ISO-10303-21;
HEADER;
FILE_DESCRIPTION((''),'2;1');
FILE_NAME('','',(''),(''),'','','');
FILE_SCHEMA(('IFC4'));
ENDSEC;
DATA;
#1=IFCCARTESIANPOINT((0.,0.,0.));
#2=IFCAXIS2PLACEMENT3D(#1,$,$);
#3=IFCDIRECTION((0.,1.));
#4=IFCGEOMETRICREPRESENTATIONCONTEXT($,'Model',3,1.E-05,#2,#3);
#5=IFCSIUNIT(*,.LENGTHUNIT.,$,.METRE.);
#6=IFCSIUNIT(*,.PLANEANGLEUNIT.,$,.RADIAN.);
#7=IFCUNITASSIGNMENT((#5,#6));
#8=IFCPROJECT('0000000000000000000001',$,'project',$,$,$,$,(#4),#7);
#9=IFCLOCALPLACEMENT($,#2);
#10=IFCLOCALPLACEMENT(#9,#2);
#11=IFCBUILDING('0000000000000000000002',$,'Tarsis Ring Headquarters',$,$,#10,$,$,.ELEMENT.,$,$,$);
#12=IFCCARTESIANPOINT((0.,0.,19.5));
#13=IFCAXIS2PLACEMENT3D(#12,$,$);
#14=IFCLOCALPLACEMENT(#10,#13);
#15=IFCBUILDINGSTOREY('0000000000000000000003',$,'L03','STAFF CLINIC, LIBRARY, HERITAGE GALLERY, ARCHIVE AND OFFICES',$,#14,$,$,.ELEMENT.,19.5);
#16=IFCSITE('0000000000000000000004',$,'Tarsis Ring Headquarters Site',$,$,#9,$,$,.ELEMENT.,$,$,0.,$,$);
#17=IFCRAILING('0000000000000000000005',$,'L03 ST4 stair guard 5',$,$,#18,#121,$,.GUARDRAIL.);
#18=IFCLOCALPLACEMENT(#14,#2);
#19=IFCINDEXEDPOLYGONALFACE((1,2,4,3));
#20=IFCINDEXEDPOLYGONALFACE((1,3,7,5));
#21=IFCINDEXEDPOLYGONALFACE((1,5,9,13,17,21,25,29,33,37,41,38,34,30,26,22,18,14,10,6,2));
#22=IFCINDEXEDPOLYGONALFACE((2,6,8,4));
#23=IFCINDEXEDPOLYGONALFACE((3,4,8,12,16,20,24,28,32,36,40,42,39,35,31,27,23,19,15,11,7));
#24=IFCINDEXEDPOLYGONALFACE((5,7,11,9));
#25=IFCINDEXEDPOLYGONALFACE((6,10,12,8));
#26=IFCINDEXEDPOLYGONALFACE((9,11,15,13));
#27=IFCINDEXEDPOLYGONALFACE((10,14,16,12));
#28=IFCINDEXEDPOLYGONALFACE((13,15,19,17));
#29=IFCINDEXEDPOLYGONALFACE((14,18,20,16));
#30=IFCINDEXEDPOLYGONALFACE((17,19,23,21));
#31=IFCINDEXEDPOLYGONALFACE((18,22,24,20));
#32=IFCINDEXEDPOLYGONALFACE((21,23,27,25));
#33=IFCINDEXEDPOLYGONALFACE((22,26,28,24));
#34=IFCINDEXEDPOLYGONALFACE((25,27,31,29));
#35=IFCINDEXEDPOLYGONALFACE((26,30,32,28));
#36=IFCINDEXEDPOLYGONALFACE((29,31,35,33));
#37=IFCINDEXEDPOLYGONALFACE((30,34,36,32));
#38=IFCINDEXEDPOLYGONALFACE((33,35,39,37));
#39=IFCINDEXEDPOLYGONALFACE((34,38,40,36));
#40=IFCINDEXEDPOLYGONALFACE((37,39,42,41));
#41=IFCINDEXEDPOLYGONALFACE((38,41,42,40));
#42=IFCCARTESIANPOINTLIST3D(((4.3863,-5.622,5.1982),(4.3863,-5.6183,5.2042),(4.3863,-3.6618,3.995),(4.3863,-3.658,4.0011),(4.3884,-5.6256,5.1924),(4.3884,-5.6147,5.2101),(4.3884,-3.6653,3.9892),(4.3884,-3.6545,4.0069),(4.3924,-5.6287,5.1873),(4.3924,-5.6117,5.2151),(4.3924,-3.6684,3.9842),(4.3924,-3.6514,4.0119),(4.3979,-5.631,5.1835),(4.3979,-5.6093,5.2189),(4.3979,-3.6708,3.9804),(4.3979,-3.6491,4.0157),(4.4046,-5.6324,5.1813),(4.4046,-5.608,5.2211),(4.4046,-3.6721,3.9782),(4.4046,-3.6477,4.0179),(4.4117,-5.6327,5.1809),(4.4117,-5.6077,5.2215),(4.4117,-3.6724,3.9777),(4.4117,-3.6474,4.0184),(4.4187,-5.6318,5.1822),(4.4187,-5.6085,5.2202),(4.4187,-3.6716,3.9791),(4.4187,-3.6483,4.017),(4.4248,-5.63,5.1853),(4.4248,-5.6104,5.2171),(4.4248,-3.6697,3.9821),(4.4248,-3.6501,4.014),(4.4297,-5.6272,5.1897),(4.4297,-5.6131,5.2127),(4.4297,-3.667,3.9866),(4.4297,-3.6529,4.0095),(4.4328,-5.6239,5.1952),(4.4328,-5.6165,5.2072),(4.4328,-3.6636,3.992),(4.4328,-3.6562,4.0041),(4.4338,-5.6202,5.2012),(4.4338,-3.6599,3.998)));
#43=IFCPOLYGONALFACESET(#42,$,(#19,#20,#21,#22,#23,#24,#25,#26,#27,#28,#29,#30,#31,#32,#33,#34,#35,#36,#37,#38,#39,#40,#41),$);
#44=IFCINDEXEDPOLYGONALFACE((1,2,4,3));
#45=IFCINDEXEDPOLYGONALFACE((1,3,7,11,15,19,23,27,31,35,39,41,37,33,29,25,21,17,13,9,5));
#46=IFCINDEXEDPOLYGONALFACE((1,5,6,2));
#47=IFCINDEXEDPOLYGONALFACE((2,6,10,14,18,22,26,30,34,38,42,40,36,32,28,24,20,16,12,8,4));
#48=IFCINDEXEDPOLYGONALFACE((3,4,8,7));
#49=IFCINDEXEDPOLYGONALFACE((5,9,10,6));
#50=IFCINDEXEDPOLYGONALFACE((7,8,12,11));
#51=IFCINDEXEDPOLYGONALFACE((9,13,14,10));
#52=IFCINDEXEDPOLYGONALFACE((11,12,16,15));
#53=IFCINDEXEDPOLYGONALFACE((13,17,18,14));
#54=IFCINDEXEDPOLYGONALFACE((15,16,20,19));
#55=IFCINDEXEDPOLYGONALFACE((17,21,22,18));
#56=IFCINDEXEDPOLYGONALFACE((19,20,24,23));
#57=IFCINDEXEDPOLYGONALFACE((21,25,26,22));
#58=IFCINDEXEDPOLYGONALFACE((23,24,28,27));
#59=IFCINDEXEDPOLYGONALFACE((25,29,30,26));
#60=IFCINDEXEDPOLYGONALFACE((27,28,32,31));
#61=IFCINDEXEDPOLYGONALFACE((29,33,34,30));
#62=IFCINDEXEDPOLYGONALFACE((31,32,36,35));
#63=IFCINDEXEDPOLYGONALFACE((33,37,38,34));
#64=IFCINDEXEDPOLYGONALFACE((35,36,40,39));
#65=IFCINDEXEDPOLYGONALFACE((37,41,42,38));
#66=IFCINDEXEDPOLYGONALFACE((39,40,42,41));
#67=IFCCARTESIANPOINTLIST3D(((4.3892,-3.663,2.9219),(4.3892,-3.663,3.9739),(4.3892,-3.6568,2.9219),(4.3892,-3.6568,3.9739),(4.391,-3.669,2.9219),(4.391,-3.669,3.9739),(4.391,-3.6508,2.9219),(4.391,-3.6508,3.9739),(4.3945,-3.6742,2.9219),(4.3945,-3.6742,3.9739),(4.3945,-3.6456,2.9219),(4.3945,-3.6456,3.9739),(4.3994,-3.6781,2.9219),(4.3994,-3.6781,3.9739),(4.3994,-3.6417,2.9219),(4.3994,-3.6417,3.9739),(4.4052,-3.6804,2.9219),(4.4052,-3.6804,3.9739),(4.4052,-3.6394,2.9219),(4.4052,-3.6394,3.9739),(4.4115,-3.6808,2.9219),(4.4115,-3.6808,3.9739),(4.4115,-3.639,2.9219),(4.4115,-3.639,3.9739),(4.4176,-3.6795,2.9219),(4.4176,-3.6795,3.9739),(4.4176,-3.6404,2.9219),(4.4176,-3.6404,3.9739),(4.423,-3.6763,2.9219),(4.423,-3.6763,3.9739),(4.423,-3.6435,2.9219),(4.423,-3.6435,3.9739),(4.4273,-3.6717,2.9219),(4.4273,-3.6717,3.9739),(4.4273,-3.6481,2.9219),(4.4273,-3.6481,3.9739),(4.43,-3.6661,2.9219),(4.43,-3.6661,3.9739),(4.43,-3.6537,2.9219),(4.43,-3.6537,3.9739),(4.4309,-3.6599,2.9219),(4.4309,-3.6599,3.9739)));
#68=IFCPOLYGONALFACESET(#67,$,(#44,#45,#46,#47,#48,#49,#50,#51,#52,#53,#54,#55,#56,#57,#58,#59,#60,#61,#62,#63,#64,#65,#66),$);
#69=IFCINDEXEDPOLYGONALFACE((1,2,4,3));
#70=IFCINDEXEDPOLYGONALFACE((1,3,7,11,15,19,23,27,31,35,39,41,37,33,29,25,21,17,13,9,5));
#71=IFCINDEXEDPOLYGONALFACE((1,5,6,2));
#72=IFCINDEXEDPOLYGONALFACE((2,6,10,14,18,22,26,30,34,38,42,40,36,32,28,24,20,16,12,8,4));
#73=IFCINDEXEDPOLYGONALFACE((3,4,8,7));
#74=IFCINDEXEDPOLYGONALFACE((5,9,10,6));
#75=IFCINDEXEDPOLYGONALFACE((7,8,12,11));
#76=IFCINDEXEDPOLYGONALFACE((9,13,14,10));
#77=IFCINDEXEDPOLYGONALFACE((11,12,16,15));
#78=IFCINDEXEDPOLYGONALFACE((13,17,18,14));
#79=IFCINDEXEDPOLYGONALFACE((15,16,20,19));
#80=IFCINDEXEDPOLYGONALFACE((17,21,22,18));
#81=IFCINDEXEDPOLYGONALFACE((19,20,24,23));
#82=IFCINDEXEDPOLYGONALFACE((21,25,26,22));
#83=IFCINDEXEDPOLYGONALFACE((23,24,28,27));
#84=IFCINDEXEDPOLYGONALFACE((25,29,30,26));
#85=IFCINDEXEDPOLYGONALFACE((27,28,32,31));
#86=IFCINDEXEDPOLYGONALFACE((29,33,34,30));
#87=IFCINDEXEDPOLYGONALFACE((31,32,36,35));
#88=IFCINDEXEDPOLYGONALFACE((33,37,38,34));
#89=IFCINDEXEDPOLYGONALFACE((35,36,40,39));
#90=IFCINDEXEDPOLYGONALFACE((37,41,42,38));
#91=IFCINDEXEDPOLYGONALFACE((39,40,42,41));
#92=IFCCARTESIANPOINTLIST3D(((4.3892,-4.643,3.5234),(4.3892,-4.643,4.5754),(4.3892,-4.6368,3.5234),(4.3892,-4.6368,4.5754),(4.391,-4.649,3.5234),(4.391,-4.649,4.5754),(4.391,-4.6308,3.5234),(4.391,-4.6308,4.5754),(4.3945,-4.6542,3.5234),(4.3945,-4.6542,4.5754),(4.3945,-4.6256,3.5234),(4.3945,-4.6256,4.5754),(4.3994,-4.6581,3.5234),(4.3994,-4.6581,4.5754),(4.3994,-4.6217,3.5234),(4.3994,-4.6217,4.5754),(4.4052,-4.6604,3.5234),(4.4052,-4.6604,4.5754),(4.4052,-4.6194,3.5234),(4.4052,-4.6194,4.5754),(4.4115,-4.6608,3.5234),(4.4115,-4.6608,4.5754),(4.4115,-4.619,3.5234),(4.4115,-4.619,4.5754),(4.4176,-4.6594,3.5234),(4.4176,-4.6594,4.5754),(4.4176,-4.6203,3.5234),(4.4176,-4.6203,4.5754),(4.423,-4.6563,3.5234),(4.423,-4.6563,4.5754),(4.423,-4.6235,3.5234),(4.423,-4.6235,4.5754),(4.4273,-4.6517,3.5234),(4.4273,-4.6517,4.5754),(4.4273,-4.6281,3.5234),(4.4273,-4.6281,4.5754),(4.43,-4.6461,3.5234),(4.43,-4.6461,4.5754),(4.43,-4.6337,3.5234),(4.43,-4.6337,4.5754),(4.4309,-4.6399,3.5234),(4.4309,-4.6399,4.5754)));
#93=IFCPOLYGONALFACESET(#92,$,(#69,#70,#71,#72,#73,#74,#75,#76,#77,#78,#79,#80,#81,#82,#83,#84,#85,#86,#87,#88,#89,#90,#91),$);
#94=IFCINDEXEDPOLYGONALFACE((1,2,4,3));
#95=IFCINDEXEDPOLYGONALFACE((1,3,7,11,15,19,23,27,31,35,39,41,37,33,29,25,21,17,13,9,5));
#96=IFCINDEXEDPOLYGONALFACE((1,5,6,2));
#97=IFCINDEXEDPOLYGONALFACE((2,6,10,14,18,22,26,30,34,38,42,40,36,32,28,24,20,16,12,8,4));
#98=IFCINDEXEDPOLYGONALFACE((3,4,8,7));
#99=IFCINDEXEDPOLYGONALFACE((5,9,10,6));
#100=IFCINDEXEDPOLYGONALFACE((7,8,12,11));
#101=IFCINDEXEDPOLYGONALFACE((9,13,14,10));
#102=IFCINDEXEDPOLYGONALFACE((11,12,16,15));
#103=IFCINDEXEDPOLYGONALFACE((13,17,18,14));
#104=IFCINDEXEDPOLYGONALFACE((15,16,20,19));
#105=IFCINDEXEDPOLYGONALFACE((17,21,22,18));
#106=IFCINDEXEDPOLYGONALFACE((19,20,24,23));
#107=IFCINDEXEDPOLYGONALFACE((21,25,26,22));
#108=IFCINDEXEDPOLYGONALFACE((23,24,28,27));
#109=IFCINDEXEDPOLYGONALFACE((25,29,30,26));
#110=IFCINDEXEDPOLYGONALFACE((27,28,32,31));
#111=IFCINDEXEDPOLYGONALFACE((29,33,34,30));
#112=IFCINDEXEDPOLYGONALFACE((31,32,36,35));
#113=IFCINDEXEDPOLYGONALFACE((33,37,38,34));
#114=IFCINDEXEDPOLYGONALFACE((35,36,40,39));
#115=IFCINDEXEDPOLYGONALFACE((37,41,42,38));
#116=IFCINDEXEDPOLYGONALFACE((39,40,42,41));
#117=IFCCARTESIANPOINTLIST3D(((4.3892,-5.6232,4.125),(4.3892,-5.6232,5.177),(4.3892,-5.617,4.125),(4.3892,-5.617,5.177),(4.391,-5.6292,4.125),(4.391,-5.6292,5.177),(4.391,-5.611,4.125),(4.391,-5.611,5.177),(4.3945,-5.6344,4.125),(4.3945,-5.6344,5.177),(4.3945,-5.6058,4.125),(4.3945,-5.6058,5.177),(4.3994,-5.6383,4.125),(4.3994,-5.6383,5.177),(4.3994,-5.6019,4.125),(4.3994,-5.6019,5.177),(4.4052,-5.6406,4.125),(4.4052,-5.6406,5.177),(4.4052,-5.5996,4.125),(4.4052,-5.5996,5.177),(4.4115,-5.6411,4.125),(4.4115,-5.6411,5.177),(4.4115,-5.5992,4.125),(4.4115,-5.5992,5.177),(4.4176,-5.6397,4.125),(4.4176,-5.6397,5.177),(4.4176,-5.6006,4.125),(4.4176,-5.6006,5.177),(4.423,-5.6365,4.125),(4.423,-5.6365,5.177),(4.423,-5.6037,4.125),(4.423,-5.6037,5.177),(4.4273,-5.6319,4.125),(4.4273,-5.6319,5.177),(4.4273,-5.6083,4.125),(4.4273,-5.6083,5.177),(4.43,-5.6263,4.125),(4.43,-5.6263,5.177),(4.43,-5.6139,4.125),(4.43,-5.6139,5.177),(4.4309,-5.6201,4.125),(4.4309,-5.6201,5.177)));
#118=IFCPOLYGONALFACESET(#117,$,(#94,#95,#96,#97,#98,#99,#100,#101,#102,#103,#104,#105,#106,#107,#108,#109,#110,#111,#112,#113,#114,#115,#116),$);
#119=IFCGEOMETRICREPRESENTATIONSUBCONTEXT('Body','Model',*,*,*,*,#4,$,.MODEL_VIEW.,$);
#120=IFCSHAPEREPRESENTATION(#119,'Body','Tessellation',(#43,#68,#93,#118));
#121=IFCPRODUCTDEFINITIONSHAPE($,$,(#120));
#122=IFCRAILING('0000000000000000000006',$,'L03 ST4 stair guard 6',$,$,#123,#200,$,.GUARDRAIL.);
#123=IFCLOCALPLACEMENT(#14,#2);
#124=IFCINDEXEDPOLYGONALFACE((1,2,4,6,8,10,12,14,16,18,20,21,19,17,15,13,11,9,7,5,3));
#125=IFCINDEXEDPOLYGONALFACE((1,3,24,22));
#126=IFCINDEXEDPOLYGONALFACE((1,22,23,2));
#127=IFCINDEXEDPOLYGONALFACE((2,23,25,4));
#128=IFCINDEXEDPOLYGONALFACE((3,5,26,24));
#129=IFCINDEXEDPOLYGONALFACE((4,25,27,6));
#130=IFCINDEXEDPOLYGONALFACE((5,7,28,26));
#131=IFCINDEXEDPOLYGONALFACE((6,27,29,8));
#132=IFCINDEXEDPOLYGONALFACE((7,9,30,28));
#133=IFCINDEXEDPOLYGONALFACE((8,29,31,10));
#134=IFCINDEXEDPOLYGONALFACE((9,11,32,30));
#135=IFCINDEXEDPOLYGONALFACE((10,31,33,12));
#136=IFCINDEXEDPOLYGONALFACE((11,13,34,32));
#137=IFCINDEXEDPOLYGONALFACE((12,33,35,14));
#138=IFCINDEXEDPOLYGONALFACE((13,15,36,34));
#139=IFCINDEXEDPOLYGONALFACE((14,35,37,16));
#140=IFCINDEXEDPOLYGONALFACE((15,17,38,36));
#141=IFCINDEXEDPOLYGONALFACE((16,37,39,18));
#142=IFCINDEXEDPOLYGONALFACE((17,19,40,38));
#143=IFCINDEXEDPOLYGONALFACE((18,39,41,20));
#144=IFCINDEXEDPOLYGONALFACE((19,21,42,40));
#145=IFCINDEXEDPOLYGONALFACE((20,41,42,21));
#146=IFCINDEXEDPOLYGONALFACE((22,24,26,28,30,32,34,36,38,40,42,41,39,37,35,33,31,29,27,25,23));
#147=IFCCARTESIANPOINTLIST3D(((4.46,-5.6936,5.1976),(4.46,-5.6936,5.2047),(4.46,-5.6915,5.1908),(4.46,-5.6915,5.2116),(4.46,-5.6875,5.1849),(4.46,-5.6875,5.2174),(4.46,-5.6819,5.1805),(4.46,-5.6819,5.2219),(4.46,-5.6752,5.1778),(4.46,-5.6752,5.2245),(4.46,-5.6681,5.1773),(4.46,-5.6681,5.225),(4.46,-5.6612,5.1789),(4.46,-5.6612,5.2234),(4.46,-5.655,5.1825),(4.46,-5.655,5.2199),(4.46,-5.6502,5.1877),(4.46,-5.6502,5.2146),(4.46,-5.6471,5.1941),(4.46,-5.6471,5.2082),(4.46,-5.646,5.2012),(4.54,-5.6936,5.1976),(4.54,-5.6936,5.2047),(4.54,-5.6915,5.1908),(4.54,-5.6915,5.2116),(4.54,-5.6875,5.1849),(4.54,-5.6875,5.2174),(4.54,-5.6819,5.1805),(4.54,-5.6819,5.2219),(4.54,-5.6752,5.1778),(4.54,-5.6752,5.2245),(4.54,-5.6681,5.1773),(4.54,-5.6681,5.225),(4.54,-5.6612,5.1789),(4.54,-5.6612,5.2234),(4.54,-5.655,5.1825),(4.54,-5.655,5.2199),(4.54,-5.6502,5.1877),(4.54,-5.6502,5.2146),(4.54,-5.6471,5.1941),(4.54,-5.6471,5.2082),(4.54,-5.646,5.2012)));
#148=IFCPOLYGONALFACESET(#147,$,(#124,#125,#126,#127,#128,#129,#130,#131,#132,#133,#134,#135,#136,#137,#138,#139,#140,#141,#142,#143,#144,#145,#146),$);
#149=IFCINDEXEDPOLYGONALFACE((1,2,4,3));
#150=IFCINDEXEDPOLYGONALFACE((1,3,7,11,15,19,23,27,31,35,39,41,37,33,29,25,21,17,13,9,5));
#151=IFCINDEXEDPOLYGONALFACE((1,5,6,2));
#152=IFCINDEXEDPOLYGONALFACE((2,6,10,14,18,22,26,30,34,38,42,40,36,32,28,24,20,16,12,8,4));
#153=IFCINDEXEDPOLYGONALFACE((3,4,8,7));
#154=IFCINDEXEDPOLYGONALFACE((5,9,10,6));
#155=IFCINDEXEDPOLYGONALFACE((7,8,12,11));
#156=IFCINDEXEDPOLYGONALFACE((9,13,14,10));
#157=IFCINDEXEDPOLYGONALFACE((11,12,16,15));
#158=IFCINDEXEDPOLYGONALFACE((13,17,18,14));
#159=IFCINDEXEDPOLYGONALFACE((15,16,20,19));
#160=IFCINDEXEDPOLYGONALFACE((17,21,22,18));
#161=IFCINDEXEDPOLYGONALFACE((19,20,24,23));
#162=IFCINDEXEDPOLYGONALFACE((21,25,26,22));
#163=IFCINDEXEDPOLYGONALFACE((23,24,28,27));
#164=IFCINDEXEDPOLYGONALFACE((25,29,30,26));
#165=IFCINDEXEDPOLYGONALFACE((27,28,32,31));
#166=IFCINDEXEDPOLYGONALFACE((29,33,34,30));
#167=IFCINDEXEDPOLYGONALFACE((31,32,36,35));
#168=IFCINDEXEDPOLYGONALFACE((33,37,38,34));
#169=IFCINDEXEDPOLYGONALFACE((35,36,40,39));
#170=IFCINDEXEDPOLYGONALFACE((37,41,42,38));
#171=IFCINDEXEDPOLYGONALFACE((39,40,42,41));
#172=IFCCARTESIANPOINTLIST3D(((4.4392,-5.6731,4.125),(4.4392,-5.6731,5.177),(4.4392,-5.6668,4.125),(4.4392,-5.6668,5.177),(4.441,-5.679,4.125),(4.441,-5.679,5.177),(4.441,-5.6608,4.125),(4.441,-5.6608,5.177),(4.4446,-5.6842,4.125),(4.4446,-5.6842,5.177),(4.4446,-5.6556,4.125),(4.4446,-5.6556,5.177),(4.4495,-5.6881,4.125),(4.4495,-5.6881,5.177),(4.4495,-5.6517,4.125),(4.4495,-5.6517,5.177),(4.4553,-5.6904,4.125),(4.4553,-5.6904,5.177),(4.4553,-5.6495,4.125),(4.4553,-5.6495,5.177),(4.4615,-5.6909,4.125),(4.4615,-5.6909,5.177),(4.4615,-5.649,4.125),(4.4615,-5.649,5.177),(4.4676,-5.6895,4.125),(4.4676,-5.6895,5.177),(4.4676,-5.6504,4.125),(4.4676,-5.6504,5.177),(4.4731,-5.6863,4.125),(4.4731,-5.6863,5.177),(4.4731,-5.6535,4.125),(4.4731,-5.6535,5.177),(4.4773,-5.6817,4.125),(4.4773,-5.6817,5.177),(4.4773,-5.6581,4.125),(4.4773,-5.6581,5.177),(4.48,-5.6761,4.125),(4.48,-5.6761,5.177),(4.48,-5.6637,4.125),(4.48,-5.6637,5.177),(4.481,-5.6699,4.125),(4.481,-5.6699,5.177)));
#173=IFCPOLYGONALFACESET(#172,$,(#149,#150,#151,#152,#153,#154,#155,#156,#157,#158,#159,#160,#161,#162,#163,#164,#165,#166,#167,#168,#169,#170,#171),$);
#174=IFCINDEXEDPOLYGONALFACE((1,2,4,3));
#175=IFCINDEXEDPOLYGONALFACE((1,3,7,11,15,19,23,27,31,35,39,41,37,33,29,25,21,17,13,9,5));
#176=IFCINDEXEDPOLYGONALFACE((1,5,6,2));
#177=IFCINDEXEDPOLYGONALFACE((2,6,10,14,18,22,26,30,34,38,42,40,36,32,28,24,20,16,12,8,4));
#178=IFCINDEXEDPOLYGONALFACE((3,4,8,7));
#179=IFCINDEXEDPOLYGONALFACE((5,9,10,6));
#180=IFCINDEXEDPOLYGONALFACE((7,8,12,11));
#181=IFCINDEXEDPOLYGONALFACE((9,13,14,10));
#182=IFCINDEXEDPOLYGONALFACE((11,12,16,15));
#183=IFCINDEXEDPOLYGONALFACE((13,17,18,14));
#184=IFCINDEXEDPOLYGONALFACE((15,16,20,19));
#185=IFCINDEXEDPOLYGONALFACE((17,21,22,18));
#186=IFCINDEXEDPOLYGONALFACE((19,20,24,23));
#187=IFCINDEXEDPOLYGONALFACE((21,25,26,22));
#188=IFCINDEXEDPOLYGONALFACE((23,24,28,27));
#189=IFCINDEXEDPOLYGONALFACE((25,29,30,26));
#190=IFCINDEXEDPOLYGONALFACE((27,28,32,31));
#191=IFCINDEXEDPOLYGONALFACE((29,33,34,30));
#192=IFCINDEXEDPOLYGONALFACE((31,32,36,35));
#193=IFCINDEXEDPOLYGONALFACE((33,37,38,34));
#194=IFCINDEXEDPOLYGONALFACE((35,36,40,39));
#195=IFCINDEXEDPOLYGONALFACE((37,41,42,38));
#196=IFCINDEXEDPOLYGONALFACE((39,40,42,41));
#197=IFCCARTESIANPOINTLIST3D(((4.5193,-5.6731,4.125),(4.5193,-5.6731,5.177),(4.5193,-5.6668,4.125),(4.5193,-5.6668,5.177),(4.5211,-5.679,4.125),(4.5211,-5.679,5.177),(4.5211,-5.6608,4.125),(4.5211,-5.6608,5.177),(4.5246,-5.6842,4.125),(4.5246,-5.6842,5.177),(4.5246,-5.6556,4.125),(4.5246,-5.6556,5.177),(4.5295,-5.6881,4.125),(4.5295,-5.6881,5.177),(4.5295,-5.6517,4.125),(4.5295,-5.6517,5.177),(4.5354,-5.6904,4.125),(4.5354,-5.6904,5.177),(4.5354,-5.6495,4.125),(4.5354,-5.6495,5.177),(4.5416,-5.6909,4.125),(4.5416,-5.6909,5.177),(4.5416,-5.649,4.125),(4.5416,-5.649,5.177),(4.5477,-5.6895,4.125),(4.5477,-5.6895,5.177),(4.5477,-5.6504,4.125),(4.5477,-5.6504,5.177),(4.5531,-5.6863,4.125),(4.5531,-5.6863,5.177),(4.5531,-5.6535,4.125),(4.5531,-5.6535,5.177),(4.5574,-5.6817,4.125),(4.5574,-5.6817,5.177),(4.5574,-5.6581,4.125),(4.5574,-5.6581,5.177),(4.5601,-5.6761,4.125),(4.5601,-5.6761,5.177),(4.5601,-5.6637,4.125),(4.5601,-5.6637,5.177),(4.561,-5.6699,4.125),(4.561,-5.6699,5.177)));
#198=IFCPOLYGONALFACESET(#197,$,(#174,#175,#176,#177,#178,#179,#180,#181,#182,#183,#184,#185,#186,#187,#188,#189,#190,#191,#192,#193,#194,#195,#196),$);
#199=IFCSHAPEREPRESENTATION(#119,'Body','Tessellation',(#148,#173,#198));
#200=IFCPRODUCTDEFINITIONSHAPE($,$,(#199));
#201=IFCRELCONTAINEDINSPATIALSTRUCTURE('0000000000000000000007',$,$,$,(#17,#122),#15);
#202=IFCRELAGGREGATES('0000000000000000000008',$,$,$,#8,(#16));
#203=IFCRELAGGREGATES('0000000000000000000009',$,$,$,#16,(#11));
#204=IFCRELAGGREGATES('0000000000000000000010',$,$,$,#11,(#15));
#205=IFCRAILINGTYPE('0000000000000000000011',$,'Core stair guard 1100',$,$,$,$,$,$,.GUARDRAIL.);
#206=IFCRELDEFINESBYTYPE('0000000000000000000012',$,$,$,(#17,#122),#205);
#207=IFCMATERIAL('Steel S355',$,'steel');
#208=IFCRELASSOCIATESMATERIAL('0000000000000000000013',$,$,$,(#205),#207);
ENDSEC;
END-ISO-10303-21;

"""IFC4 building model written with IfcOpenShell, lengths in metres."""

from ifc_helpers import new_model, si_unit, direction, frame, origin, origin_2d, place, context, subcontext, project, spatial, circle, extrude, material, type_object, element, save


model = new_model("IFC4")

# Units and contexts
model_context = context("Model", 3, precision=1e-05, world=origin(), true_north=direction((0.0, 1.0)))
body_context = subcontext(model_context, "Body", "Model", "MODEL_VIEW")
ifc_project = project(units=[si_unit("LENGTHUNIT", "METRE"), si_unit("PLANEANGLEUNIT", "RADIAN")], contexts=[model_context])

# Site, building, storey
site_placement = place(None, origin())
site = spatial("IfcSite", under=ifc_project, at=site_placement, Name="Tarsis Ring Headquarters Site", CompositionType="ELEMENT", RefElevation=0.0)
building_placement = place(site_placement, origin())
building = spatial("IfcBuilding", under=site, at=building_placement, Name="Tarsis Ring Headquarters", CompositionType="ELEMENT")
storey_placement = place(building_placement, frame((0.0, 0.0, 19.5)))
storey = spatial("IfcBuildingStorey", under=building, at=storey_placement, Name="L03", Description="STAFF CLINIC, LIBRARY, HERITAGE GALLERY, ARCHIVE AND OFFICES", CompositionType="ELEMENT", Elevation=19.5)

# Railings
ifc_material_1 = material(Name="Steel S355", Category="steel")
railing_type_1 = type_object("IfcRailingType", Name="Core stair guard 1100", PredefinedType="GUARDRAIL", material=ifc_material_1)
railing_1_placement = place(storey_placement, frame((4.4099, -3.6599, 2.9219)))
element("IfcRailing", 1, at=railing_1_placement, inside=storey, type_object=railing_type_1, Name="L03 ST4 stair guard 5", PredefinedType="GUARDRAIL", context=body_context, shape_type="SweptSolid", body=[
    extrude(circle(Radius=0.0239, at=origin_2d()), frame((0.0, 0.0, 1.0762), z_axis=(0.0, -0.85227, 0.523102), x_axis=(1.0, 0.0, 0.0)), (0.0, 0.0, 1.0), 2.3),
    extrude(circle(Radius=0.021, at=origin_2d()), origin(), (0.0, 0.0, 1.0), 1.052),
    extrude(circle(Radius=0.021, at=origin_2d()), frame((0.0, -0.98, 0.6016)), (0.0, 0.0, 1.0), 1.052),
    extrude(circle(Radius=0.021, at=origin_2d()), frame((0.0, -1.9602, 1.2031)), (0.0, 0.0, 1.0), 1.052),
])
railing_2_placement = place(storey_placement, frame((4.46, -5.6699, 4.125)))
element("IfcRailing", 2, at=railing_2_placement, inside=storey, type_object=railing_type_1, Name="L03 ST4 stair guard 6", PredefinedType="GUARDRAIL", context=body_context, shape_type="SweptSolid", body=[
    extrude(circle(Radius=0.0239, at=origin_2d()), frame((0.0, 0.0, 1.0762), z_axis=(1.0, 0.0, 0.0), x_axis=(0.0, 1.0, 0.0)), (0.0, 0.0, 1.0), 0.0801),
    extrude(circle(Radius=0.021, at=origin_2d()), origin(), (0.0, 0.0, 1.0), 1.052),
    extrude(circle(Radius=0.021, at=origin_2d()), frame((0.0801, 0.0, 0.0)), (0.0, 0.0, 1.0), 1.052),
])

save(model, "model.ifc")
